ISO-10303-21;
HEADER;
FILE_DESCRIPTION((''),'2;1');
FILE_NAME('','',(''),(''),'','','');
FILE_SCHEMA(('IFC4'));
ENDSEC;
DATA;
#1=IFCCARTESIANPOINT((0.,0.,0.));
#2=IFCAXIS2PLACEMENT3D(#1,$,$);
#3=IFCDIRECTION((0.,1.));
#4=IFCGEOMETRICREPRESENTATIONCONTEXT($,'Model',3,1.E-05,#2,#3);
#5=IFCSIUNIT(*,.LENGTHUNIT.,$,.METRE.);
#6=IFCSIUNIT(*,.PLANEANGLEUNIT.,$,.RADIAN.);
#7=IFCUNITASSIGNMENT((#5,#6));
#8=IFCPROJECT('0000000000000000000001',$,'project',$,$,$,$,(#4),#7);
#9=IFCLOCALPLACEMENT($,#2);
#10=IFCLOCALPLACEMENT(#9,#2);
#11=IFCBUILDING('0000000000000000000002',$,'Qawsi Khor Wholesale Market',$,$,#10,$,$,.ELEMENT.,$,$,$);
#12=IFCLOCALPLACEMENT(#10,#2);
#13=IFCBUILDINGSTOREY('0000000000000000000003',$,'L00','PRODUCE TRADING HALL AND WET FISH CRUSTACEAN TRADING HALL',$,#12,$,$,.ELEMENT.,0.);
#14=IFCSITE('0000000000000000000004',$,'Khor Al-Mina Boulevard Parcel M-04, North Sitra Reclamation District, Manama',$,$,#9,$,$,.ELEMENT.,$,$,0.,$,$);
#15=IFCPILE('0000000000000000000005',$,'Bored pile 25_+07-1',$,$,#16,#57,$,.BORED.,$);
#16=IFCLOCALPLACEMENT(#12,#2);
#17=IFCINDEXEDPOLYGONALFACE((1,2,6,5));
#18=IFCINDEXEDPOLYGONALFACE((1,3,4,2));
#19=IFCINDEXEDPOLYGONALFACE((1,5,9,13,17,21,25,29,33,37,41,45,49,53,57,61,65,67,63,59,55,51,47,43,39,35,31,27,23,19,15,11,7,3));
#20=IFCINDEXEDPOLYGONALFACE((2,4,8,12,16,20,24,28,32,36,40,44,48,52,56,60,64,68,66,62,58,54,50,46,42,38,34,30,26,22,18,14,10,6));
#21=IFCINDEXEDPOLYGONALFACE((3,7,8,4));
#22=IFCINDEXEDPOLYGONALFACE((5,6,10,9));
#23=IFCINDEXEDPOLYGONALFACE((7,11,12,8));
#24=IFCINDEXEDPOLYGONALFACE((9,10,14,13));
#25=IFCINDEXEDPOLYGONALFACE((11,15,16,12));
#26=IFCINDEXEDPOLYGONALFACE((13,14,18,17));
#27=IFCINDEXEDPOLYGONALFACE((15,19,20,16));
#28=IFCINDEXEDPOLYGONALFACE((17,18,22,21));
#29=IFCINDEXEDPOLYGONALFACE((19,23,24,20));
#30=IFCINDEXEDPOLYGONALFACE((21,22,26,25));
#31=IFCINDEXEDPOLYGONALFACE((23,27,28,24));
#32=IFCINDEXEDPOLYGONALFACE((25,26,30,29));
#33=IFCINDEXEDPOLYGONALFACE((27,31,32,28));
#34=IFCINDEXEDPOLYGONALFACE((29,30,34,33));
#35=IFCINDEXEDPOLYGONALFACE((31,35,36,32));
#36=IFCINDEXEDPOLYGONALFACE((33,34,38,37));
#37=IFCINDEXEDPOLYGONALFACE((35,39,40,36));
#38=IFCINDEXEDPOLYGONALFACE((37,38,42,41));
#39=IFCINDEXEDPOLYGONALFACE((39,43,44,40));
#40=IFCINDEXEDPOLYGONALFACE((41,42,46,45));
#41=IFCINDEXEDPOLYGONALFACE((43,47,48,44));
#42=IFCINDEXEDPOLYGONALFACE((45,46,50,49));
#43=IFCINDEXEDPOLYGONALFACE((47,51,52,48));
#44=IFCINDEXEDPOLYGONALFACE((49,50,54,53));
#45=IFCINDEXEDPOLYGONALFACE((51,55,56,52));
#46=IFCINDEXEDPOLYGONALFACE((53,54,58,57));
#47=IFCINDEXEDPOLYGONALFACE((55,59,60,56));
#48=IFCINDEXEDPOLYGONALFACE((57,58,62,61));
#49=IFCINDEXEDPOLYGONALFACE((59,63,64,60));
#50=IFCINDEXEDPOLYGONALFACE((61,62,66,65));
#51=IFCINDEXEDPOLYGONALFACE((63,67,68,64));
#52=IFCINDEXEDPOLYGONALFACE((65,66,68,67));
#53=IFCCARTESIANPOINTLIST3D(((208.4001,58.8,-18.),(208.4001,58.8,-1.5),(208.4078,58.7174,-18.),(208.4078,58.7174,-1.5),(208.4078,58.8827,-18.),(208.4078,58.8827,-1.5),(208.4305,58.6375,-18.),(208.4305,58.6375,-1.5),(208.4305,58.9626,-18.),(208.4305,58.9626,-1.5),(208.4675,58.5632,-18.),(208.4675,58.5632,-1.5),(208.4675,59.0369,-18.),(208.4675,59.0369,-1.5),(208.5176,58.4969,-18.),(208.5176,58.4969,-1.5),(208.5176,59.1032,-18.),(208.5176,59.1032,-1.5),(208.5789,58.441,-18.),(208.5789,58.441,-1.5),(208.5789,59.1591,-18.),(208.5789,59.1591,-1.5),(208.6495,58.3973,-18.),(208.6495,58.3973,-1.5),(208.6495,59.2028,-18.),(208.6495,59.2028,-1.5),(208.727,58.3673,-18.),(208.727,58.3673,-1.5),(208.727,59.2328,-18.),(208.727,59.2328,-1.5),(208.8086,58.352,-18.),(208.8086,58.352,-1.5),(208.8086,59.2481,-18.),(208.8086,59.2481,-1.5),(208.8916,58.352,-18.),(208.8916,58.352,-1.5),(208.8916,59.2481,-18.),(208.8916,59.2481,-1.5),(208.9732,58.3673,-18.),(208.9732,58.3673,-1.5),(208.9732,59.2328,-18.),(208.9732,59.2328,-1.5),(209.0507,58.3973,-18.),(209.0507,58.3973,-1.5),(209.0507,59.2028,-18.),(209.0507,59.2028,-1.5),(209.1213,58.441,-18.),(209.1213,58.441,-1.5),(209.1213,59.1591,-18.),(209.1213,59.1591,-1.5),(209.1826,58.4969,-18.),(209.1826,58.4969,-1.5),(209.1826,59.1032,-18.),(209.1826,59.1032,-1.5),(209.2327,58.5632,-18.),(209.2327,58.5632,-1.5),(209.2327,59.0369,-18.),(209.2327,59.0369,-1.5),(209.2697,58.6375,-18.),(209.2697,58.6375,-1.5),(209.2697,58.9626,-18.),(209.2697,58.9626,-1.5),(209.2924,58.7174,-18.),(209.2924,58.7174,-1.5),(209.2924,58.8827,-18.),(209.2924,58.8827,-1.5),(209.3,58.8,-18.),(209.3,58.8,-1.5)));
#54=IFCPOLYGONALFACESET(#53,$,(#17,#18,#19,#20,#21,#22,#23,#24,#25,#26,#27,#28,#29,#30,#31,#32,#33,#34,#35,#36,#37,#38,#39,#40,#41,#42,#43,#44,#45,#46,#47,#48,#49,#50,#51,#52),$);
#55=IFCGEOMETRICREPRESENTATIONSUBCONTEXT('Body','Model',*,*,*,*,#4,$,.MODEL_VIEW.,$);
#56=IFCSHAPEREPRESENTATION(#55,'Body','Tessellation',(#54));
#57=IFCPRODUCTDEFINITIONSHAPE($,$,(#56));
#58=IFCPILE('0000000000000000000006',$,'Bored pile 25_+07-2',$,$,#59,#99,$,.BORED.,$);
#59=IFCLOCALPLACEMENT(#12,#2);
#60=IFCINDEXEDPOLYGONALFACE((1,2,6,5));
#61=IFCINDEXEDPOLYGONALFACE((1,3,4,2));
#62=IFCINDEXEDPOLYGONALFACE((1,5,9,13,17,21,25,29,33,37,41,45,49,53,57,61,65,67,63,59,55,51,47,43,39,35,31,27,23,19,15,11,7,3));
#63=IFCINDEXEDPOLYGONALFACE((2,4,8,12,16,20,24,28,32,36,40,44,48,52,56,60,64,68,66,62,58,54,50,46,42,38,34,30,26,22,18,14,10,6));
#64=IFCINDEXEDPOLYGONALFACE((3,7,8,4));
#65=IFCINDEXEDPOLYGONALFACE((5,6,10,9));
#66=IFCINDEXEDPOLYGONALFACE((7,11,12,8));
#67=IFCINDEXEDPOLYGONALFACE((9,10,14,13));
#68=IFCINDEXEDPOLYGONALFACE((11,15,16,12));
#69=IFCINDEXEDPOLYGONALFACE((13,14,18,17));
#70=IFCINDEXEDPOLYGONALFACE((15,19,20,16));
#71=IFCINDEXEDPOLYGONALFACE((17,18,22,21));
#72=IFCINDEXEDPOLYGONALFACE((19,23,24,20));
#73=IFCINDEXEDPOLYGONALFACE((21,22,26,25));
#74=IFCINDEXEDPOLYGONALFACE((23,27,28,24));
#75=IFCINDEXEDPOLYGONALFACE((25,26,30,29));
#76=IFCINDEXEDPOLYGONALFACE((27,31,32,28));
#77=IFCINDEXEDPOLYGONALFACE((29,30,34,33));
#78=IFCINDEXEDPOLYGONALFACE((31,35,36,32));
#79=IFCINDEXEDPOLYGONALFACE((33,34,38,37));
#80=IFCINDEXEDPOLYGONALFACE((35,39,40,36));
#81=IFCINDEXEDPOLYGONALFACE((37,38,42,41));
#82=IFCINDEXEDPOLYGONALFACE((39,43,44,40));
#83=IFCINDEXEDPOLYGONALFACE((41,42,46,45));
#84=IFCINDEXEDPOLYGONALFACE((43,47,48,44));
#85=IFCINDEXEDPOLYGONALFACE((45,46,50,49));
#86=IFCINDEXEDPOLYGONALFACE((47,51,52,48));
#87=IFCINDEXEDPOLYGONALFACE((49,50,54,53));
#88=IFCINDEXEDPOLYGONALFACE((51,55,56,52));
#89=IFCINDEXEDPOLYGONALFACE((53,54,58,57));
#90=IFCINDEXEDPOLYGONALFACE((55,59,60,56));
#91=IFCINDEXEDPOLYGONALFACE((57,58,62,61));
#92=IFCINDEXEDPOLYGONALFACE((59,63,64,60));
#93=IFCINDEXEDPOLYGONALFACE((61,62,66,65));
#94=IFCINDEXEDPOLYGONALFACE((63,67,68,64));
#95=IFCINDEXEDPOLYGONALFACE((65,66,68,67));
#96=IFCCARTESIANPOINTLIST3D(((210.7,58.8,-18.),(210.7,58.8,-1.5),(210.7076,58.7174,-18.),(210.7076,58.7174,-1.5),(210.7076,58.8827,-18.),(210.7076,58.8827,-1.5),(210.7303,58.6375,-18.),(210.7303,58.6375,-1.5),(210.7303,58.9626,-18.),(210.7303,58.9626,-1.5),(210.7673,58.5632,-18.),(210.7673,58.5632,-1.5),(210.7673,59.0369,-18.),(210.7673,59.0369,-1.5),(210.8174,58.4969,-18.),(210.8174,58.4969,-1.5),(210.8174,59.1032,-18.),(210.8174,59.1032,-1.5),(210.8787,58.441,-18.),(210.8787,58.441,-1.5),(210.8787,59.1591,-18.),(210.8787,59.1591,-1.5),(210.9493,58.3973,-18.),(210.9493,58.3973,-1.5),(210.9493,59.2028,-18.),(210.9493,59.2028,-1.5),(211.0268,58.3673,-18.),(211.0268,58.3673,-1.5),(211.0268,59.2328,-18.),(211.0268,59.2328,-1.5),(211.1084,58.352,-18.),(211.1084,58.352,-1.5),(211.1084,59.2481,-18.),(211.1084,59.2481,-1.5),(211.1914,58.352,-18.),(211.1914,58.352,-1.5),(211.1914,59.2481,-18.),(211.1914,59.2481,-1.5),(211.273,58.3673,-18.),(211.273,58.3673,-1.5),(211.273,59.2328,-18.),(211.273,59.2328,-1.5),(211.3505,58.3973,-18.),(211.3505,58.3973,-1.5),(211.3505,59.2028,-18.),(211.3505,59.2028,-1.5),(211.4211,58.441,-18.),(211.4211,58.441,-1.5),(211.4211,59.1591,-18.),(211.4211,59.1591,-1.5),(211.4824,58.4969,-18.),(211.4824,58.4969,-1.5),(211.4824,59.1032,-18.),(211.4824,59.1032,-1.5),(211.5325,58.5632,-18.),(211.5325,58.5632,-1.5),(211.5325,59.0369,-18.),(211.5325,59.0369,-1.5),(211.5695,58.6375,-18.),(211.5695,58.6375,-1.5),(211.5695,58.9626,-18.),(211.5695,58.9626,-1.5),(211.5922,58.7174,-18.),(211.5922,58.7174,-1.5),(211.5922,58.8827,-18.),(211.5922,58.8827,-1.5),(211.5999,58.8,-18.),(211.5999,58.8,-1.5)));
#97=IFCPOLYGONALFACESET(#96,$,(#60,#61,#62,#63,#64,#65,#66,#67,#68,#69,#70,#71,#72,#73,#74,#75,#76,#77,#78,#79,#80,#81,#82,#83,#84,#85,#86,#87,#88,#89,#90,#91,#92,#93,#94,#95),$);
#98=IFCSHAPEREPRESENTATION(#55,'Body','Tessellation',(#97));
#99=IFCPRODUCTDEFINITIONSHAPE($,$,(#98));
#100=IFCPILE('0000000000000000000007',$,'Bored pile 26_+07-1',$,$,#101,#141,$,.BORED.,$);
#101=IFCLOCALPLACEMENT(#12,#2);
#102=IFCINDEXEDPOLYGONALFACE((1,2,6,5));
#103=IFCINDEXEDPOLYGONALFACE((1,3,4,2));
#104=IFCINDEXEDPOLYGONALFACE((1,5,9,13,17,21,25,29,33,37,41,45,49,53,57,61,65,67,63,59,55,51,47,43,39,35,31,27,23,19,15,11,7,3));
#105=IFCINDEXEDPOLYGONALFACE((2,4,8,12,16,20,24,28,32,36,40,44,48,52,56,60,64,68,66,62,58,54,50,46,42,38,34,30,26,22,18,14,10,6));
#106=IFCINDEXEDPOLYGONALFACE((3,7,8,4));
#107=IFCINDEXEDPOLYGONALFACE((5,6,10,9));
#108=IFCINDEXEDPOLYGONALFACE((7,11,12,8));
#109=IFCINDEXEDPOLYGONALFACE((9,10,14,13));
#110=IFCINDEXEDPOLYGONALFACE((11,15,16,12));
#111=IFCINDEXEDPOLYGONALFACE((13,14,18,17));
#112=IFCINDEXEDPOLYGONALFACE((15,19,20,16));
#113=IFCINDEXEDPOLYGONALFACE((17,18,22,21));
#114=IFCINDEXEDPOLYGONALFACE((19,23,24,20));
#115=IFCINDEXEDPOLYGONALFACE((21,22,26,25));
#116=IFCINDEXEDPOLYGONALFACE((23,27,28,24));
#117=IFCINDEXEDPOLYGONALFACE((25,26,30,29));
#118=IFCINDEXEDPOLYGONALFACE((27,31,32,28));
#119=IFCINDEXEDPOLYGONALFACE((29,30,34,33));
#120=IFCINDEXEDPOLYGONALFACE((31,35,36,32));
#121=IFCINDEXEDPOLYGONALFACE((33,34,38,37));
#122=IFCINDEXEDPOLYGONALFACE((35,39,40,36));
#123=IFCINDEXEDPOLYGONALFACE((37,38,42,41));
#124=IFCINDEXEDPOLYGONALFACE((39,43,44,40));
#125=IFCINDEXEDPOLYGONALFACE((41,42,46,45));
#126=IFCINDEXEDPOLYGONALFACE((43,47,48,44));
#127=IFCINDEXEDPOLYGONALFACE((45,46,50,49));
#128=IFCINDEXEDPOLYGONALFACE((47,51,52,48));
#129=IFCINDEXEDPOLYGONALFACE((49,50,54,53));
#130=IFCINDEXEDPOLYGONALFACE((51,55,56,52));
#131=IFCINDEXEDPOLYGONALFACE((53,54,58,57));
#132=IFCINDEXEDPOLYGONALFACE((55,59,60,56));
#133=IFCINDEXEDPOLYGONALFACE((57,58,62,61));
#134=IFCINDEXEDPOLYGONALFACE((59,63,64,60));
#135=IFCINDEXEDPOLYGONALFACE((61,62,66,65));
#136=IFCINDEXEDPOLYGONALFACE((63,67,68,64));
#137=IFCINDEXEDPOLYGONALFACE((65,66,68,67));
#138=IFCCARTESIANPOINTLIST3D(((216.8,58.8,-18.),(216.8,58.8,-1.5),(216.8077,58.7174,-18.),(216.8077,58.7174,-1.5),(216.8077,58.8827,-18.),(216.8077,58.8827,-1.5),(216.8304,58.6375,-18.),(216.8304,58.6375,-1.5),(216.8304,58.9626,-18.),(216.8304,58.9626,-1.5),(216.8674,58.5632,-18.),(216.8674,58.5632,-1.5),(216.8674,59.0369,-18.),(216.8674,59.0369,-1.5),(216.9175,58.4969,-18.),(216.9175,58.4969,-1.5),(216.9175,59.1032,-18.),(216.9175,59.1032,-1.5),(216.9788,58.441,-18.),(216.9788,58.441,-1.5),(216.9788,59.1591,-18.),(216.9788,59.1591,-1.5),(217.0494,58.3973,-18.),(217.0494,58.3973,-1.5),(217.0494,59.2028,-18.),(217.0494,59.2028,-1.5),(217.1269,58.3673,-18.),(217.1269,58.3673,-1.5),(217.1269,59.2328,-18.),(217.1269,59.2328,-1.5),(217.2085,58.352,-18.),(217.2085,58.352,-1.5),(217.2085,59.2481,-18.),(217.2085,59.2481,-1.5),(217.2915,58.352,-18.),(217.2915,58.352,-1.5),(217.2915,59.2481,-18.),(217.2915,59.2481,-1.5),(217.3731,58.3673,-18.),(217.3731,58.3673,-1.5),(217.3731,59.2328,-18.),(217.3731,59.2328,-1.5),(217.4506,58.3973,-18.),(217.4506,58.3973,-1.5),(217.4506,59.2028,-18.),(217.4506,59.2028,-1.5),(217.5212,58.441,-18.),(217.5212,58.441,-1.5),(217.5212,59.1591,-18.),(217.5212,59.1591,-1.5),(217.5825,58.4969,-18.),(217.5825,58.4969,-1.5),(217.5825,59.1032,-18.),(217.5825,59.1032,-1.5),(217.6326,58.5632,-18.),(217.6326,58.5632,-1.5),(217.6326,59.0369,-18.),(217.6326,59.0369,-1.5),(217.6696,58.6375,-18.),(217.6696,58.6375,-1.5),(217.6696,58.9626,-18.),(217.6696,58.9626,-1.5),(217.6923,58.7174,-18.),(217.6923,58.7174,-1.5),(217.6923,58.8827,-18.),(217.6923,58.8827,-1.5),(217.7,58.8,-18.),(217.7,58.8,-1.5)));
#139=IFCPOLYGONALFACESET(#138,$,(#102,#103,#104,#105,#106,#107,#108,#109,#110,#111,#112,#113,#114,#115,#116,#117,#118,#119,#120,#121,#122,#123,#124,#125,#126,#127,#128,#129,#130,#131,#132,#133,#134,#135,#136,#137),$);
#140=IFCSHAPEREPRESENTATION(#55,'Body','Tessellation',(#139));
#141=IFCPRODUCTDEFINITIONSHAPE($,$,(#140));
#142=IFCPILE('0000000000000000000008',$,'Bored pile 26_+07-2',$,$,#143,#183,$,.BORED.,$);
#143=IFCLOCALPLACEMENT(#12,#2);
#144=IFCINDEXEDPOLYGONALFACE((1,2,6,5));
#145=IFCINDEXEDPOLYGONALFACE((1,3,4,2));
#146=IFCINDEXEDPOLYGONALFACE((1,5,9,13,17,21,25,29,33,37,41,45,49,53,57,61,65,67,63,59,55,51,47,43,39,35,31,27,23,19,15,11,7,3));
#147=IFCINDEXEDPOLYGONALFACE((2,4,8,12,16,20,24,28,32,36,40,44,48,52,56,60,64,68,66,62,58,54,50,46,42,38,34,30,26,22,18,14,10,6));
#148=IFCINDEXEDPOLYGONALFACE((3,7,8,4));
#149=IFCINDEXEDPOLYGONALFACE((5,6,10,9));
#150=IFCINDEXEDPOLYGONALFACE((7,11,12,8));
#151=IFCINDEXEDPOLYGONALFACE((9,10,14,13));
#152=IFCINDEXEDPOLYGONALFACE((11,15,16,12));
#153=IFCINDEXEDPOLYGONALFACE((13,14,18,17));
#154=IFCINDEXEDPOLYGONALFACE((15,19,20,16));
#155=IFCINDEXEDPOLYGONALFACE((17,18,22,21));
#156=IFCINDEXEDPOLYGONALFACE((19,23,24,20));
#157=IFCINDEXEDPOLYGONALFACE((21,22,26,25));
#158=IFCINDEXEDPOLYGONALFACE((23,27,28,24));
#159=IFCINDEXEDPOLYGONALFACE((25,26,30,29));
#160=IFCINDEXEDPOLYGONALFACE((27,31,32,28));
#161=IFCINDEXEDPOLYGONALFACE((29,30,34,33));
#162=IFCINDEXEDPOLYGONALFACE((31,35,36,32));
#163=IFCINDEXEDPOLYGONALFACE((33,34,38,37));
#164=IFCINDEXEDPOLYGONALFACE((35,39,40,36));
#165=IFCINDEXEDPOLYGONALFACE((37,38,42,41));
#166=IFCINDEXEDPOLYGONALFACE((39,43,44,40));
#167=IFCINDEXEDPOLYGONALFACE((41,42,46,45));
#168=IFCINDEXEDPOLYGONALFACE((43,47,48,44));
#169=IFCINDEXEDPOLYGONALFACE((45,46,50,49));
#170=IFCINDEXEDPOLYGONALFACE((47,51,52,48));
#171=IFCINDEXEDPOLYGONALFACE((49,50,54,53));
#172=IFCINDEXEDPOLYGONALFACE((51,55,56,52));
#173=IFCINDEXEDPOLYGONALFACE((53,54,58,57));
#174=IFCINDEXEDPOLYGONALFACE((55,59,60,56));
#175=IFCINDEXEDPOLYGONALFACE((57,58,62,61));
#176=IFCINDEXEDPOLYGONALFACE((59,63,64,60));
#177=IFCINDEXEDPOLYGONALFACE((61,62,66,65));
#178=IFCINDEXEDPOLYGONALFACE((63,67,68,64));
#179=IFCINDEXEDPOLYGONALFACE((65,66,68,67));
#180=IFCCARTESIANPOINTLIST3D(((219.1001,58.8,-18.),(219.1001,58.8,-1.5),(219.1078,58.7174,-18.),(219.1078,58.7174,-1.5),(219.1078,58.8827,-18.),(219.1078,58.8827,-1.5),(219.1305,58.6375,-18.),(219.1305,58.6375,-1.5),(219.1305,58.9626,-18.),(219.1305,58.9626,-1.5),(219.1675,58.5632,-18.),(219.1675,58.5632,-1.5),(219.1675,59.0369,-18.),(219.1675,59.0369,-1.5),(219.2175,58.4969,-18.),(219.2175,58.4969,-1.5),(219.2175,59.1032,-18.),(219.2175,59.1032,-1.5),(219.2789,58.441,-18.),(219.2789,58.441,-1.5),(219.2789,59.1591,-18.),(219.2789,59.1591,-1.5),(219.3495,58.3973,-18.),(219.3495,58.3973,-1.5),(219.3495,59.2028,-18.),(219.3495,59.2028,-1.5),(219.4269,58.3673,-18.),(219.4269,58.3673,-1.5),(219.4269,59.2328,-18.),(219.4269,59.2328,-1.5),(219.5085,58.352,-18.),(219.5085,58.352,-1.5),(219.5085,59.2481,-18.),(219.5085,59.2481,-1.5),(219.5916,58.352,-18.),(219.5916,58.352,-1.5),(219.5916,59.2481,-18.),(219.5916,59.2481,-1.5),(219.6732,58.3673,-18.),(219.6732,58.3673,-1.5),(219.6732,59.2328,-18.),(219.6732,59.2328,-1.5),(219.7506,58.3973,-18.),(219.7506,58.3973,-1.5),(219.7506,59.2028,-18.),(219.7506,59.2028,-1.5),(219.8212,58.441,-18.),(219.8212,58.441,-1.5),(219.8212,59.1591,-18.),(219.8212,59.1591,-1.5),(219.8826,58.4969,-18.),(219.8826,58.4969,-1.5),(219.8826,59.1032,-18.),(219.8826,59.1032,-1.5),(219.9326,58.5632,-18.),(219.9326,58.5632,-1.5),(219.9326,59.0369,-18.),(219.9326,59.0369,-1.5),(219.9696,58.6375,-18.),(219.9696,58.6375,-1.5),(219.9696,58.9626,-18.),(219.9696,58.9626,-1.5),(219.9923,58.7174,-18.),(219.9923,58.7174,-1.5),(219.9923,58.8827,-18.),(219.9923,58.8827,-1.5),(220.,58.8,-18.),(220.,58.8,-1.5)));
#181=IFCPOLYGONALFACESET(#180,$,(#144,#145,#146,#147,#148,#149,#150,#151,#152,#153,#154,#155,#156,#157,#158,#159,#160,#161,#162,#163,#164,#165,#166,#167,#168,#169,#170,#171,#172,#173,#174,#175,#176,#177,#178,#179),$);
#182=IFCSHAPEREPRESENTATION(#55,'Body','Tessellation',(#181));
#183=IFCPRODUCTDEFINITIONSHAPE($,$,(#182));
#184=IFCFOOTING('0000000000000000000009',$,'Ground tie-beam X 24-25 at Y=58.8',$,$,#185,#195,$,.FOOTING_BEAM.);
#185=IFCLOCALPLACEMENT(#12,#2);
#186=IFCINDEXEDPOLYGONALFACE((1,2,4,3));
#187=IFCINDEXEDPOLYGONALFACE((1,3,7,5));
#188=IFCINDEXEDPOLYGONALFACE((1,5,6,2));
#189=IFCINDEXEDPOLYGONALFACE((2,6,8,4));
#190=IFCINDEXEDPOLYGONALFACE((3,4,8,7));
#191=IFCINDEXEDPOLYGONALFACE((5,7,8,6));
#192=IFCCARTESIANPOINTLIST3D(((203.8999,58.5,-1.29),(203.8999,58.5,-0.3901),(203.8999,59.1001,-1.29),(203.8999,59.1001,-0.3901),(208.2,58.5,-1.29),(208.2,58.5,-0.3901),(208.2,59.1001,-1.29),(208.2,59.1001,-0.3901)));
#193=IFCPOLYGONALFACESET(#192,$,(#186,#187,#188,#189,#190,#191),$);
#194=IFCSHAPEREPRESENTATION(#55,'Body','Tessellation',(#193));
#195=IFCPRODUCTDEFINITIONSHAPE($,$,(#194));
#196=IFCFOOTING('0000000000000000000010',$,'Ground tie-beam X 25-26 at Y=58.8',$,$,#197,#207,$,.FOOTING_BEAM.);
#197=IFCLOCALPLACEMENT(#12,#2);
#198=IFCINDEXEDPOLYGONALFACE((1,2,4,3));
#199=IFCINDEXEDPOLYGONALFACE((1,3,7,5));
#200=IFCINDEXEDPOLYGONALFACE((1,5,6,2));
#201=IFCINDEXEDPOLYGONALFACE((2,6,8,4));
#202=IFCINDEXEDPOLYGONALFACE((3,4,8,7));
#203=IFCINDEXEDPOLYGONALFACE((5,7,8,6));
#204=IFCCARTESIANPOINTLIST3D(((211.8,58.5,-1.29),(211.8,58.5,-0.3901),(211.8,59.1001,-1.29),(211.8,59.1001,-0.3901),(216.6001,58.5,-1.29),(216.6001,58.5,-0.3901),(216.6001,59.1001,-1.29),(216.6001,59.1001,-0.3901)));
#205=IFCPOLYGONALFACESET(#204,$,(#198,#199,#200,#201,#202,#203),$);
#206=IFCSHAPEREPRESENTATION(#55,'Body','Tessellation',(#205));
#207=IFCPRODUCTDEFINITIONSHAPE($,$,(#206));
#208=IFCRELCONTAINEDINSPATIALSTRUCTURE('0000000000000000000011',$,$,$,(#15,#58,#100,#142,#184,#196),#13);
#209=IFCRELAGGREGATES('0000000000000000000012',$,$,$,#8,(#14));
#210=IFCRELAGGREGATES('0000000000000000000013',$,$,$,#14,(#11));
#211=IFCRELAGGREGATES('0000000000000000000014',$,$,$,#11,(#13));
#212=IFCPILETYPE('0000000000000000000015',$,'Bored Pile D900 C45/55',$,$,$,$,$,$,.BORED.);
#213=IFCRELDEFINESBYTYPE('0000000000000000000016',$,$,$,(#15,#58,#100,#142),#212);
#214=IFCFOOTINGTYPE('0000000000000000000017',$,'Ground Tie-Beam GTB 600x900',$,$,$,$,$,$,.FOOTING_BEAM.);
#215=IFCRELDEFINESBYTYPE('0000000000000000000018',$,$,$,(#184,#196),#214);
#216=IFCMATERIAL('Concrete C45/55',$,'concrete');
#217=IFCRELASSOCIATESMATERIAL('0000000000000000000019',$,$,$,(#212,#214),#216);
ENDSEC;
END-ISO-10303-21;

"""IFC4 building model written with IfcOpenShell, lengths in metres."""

from ifc_helpers import new_model, si_unit, direction, frame, origin, origin_2d, place, context, subcontext, project, spatial, rectangle, circle, extrude, material, material_profile, profile_set, type_object, element, save


model = new_model("IFC4")

# Units and contexts
model_context = context("Model", 3, precision=1e-05, world=origin(), true_north=direction((0.0, 1.0)))
body_context = subcontext(model_context, "Body", "Model", "MODEL_VIEW")
ifc_project = project(units=[si_unit("LENGTHUNIT", "METRE"), si_unit("PLANEANGLEUNIT", "RADIAN")], contexts=[model_context])

# Site, building, storey
site_placement = place(None, origin())
site = spatial("IfcSite", under=ifc_project, at=site_placement, Name="Khor Al-Mina Boulevard Parcel M-04, North Sitra Reclamation District, Manama", CompositionType="ELEMENT", RefElevation=0.0)
building_placement = place(site_placement, origin())
building = spatial("IfcBuilding", under=site, at=building_placement, Name="Qawsi Khor Wholesale Market", CompositionType="ELEMENT")
storey_placement = place(building_placement, origin())
storey = spatial("IfcBuildingStorey", under=building, at=storey_placement, Name="L00", Description="PRODUCE TRADING HALL AND WET FISH CRUSTACEAN TRADING HALL", CompositionType="ELEMENT", Elevation=0.0)

# Piles
ifc_material_1 = material(Name="Concrete C45/55", Category="concrete")
ifc_material_profile_1 = material_profile(ifc_material_1, circle(Radius=0.45, at=origin_2d()), Name="PILE D900")
ifc_profile_set_1 = profile_set([ifc_material_profile_1], Name="Concrete C45/55")
pile_type_1 = type_object("IfcPileType", Name="Bored Pile D900 C45/55", PredefinedType="BORED", material=ifc_profile_set_1)
for number, where, z_axis, x_axis, name in (
    (1, (208.8501, 58.8, -1.5), (0.0, 0.0, -1.0), (1.0, 0.0, 0.0), "Bored pile 25_+07-1"),
    (2, (211.1499, 58.8, -1.5), (0.0, 0.0, -1.0), (1.0, 0.0, 0.0), "Bored pile 25_+07-2"),
    (3, (217.25, 58.8, -1.5), (0.0, 0.0, -1.0), (1.0, 0.0, 0.0), "Bored pile 26_+07-1"),
    (4, (219.55, 58.8, -1.5), (0.0, 0.0, -1.0), (1.0, 0.0, 0.0), "Bored pile 26_+07-2"),
):
    element("IfcPile", number, at=place(storey_placement, frame(where, z_axis=z_axis, x_axis=x_axis)), inside=storey, type_object=pile_type_1, Name=name, PredefinedType="BORED", context=body_context, shape_type="SweptSolid", body=[
        extrude(circle(Radius=0.45, at=origin_2d()), origin(), (0.0, 0.0, 1.0), 16.5),
    ])

# Footings
ifc_material_profile_2 = material_profile(ifc_material_1, rectangle(XDim=0.6001, YDim=0.8999, at=origin_2d()), Name="RC 600x900")
ifc_profile_set_2 = profile_set([ifc_material_profile_2], Name="Concrete C45/55")
footing_type_1 = type_object("IfcFootingType", Name="Ground Tie-Beam GTB 600x900", PredefinedType="FOOTING_BEAM", material=ifc_profile_set_2)
footing_1_placement = place(storey_placement, frame((203.8999, 58.8, -0.8401), z_axis=(1.0, 0.0, 0.0), x_axis=(0.0, 1.0, 0.0)))
element("IfcFooting", 5, at=footing_1_placement, inside=storey, type_object=footing_type_1, Name="Ground tie-beam X 24-25 at Y=58.8", PredefinedType="FOOTING_BEAM", context=body_context, shape_type="SweptSolid", body=[
    extrude(rectangle(XDim=0.6001, YDim=0.8999, at=origin_2d()), origin(), (0.0, 0.0, 1.0), 4.3),
])
footing_2_placement = place(storey_placement, frame((211.8, 58.8, -0.8401), z_axis=(1.0, 0.0, 0.0), x_axis=(0.0, 1.0, 0.0)))
element("IfcFooting", 6, at=footing_2_placement, inside=storey, type_object=footing_type_1, Name="Ground tie-beam X 25-26 at Y=58.8", PredefinedType="FOOTING_BEAM", context=body_context, shape_type="SweptSolid", body=[
    extrude(rectangle(XDim=0.6001, YDim=0.8999, at=origin_2d()), origin(), (0.0, 0.0, 1.0), 4.8),
])

save(model, "model.ifc")
